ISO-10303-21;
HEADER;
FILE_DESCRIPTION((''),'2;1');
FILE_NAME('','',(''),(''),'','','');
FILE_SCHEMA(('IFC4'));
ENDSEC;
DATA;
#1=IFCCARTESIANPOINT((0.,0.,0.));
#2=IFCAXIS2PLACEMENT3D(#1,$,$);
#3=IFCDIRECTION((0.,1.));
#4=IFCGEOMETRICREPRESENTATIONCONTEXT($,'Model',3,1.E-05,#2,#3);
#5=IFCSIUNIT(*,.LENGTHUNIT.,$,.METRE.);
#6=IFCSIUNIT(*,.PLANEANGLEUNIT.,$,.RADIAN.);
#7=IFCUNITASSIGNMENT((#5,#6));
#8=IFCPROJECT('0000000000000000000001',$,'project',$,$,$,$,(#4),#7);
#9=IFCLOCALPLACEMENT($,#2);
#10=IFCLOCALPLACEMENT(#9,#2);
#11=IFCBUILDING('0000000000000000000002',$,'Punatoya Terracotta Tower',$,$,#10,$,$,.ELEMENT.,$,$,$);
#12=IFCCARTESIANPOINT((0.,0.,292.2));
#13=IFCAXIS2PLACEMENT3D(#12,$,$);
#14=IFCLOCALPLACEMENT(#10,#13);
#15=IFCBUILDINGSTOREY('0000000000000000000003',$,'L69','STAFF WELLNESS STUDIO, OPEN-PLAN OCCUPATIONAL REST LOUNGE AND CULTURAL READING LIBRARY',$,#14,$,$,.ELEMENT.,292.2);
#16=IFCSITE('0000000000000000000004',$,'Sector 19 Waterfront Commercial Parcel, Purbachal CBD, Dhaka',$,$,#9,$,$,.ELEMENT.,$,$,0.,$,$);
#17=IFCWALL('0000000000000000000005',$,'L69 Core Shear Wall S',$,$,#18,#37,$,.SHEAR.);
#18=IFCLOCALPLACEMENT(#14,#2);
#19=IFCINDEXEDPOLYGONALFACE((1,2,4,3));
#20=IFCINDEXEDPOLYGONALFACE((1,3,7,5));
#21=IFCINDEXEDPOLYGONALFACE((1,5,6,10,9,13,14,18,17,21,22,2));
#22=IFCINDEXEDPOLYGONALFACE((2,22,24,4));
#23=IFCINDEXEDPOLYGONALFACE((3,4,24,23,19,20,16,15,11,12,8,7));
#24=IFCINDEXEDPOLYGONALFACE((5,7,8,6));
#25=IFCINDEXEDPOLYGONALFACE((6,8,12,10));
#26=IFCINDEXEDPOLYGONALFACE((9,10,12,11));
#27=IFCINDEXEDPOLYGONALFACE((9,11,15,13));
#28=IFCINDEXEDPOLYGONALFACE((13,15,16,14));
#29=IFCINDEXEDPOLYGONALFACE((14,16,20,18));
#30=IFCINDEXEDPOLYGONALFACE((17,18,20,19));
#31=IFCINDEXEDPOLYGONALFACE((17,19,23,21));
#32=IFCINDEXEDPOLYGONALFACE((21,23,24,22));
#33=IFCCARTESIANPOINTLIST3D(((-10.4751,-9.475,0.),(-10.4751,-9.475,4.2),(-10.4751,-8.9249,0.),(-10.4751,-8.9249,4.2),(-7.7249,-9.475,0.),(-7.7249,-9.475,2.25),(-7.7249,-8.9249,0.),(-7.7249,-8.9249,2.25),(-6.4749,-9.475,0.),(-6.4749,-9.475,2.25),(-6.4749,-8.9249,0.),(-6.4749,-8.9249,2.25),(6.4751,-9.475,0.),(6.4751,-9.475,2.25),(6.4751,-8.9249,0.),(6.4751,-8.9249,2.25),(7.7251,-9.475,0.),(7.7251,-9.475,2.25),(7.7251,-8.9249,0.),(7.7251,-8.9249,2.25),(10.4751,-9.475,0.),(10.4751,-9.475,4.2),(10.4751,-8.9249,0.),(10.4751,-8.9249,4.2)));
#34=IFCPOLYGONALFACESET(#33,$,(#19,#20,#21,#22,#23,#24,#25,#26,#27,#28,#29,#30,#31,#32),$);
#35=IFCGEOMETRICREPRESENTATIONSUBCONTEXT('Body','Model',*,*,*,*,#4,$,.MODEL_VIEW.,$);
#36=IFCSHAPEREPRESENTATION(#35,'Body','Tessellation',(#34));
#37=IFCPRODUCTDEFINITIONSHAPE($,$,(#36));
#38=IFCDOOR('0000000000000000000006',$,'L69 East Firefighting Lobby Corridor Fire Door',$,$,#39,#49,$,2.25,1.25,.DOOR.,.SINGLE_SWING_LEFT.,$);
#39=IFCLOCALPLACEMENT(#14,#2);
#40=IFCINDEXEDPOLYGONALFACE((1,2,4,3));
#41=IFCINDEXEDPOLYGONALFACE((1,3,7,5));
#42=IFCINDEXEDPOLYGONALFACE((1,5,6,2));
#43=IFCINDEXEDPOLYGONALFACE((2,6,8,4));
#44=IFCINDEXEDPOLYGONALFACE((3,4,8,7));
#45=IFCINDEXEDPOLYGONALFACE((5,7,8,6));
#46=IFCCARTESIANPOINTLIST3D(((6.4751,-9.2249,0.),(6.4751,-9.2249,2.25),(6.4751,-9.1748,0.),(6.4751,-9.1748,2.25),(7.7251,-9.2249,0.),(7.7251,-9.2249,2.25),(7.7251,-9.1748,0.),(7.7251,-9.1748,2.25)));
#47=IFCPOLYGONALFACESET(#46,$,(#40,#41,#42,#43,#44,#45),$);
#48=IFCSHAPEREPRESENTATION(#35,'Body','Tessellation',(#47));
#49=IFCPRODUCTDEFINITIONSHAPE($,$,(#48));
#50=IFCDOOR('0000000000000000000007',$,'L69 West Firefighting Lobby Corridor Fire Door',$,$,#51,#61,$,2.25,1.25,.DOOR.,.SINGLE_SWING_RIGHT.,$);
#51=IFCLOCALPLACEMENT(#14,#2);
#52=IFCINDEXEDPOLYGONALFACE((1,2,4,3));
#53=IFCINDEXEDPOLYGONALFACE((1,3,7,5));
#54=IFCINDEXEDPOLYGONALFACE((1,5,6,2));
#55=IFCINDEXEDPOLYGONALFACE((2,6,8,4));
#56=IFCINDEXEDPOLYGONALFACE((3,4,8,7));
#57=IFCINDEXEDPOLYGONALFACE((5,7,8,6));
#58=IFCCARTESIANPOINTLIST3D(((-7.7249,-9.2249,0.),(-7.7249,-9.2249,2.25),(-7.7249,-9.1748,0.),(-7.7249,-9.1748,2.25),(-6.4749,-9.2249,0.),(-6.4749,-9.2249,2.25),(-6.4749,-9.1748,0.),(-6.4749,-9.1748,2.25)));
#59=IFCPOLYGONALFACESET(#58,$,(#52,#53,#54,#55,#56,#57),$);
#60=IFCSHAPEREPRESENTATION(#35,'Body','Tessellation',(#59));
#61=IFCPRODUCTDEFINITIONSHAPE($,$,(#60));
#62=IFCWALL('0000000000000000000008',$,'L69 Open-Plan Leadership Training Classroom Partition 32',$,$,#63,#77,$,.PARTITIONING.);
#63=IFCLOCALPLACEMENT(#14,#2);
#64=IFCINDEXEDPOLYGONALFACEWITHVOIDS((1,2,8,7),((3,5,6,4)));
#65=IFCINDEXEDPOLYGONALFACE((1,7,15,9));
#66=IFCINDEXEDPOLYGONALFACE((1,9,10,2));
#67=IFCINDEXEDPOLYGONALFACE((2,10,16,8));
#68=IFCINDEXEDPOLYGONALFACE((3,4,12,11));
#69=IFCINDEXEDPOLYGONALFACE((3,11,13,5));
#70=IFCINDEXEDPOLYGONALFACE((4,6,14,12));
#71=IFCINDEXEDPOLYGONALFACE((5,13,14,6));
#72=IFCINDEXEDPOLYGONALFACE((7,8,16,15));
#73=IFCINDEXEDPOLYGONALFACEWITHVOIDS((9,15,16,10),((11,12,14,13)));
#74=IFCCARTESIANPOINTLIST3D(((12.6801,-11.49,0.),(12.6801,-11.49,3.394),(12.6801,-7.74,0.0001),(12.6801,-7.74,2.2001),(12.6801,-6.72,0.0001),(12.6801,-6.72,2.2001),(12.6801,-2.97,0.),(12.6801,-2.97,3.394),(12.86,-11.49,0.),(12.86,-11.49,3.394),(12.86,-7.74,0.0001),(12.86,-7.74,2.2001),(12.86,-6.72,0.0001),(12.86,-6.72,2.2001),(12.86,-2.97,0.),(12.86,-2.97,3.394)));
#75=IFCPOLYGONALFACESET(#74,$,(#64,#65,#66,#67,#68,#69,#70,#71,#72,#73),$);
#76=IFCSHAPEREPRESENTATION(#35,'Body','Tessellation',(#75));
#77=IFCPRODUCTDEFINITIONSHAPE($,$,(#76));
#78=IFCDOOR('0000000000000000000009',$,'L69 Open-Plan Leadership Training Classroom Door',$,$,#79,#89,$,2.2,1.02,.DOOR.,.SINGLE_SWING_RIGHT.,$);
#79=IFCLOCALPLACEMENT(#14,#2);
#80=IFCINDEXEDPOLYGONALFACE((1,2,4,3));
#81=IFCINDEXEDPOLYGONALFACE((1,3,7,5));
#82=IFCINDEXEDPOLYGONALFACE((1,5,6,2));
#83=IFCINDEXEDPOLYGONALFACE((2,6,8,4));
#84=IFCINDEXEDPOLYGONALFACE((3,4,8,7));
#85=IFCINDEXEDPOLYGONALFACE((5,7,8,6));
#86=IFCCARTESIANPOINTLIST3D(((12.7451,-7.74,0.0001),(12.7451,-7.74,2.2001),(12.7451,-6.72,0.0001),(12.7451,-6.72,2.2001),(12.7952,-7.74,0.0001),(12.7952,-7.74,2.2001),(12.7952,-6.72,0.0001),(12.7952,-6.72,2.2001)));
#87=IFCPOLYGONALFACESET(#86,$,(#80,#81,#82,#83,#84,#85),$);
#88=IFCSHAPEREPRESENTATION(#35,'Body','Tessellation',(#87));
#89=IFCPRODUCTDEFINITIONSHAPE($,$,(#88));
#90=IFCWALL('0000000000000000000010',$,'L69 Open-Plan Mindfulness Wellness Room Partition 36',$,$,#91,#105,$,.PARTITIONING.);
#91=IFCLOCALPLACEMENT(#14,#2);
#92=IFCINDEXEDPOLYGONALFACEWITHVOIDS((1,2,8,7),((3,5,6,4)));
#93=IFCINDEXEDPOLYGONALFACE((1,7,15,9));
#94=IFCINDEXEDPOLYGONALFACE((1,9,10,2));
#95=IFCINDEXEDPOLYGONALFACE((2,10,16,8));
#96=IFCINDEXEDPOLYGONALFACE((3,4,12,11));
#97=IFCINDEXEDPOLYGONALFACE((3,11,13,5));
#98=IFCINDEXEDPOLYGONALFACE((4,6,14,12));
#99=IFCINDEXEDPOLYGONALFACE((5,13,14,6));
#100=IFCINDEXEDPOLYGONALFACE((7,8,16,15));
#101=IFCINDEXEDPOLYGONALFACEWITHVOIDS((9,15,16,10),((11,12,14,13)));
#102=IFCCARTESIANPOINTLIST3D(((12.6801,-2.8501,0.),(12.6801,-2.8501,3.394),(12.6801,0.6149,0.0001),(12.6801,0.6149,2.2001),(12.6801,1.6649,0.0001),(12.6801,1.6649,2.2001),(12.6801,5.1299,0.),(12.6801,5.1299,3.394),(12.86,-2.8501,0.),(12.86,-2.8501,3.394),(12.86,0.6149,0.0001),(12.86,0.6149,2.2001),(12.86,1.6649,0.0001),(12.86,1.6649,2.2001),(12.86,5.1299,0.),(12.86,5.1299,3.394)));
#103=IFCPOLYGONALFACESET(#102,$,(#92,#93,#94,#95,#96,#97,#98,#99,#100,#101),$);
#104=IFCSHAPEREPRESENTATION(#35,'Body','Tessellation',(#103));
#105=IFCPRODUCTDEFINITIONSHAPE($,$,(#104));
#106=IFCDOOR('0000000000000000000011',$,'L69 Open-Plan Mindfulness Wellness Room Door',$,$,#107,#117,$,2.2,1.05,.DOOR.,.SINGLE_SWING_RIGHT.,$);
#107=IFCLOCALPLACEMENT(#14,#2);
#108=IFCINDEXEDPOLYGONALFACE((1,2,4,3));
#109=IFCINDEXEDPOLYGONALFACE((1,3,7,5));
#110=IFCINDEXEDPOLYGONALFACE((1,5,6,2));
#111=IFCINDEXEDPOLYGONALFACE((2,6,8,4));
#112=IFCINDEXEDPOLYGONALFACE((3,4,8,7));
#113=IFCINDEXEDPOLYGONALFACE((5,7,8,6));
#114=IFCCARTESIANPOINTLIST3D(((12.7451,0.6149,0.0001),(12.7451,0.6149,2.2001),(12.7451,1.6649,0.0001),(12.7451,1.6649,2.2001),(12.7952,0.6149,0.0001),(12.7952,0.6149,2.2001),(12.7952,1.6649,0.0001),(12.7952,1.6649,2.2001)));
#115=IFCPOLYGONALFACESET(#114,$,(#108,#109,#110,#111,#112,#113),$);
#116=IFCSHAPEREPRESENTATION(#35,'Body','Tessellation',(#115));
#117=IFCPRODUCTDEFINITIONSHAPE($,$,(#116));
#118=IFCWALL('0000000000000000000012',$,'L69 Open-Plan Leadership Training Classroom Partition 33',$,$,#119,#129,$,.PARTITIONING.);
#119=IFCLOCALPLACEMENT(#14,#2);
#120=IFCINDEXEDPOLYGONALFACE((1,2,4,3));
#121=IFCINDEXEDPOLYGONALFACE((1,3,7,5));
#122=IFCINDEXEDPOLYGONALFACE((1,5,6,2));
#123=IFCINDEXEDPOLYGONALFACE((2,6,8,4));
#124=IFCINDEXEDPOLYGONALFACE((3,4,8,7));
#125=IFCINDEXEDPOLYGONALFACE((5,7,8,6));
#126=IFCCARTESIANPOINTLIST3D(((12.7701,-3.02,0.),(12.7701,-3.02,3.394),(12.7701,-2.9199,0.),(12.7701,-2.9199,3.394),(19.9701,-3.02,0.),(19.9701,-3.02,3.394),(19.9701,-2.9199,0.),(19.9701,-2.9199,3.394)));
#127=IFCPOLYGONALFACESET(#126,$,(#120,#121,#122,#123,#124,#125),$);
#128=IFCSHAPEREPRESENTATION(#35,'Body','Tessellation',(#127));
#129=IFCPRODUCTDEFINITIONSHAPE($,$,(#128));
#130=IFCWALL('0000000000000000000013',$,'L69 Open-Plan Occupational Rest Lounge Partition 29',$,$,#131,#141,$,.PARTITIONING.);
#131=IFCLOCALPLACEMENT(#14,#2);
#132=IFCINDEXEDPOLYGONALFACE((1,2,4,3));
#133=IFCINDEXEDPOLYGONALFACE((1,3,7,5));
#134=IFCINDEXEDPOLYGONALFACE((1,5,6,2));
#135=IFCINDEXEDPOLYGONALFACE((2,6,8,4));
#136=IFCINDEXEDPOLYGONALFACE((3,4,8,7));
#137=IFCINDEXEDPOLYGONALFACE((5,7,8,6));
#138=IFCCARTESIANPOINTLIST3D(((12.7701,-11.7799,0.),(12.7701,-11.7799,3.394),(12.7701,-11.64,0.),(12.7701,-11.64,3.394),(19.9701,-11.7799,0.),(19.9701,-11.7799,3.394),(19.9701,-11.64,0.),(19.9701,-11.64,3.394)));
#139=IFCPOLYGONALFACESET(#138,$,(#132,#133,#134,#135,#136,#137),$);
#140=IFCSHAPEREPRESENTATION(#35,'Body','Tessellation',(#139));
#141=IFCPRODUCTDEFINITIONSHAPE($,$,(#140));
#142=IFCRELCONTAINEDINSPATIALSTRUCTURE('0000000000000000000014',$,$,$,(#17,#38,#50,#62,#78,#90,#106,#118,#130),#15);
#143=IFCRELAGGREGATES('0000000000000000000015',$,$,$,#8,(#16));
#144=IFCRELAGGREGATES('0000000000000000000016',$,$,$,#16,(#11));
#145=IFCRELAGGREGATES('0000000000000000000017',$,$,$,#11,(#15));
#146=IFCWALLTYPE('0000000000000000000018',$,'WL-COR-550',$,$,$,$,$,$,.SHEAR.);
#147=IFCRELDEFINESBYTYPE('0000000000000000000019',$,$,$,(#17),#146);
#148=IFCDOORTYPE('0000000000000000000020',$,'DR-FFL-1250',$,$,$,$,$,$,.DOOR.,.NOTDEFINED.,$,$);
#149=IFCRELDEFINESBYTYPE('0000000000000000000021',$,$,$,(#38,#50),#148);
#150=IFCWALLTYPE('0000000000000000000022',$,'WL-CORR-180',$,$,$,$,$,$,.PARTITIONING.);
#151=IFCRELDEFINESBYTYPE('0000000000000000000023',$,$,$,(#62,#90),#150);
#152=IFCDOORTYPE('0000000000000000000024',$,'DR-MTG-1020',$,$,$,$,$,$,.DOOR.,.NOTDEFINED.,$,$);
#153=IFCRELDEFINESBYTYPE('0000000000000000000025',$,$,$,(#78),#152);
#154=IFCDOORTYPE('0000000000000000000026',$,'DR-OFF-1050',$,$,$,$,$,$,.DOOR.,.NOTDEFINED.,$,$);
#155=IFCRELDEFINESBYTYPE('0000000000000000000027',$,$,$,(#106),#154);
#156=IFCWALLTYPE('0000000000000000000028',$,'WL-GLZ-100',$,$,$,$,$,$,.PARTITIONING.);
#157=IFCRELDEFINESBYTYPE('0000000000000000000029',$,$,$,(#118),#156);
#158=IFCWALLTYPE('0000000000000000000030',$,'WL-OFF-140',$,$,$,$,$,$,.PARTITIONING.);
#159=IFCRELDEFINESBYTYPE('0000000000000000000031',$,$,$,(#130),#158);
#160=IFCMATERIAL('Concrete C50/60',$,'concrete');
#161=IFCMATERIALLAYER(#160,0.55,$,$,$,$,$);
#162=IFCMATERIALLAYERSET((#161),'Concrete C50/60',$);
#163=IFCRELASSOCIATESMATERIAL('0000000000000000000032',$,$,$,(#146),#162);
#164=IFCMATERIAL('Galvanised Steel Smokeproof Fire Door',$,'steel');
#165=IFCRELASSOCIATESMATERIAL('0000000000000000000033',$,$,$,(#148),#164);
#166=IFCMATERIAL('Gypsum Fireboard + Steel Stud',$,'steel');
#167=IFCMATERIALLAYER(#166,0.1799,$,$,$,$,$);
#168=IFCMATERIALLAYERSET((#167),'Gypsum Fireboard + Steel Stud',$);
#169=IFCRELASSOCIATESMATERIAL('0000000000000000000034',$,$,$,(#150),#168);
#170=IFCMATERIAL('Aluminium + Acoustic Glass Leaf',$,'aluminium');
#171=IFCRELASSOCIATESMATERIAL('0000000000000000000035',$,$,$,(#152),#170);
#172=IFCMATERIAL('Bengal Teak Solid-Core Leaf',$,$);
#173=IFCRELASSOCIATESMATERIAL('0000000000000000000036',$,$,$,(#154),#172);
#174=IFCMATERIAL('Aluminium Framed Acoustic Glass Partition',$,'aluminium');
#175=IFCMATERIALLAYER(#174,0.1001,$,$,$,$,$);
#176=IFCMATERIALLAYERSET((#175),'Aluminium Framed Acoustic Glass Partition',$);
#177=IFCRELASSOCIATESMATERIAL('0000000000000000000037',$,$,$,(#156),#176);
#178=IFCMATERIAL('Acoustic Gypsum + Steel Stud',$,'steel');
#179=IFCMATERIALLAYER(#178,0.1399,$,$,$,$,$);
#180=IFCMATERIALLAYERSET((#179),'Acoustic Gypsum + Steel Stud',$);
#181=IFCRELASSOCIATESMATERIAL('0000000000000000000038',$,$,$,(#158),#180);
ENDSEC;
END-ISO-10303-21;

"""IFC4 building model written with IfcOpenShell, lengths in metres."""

from ifc_helpers import new_model, si_unit, direction, frame, frame_2d, origin, place, context, subcontext, project, spatial, rectangle, extrude, material, layer, layer_set, type_object, element, fill, save


model = new_model("IFC4")

# Units and contexts
model_context = context("Model", 3, precision=1e-05, world=origin(), true_north=direction((0.0, 1.0)))
body_context = subcontext(model_context, "Body", "Model", "MODEL_VIEW")
ifc_project = project(units=[si_unit("LENGTHUNIT", "METRE"), si_unit("PLANEANGLEUNIT", "RADIAN")], contexts=[model_context])

# Site, building, storey
site_placement = place(None, origin())
site = spatial("IfcSite", under=ifc_project, at=site_placement, Name="Sector 19 Waterfront Commercial Parcel, Purbachal CBD, Dhaka", CompositionType="ELEMENT", RefElevation=0.0)
building_placement = place(site_placement, origin())
building = spatial("IfcBuilding", under=site, at=building_placement, Name="Punatoya Terracotta Tower", CompositionType="ELEMENT")
storey_placement = place(building_placement, frame((0.0, 0.0, 292.2)))
storey = spatial("IfcBuildingStorey", under=building, at=storey_placement, Name="L69", Description="STAFF WELLNESS STUDIO, OPEN-PLAN OCCUPATIONAL REST LOUNGE AND CULTURAL READING LIBRARY", CompositionType="ELEMENT", Elevation=292.2)

# Wall, openings, doors
ifc_material_1 = material(Name="Concrete C50/60", Category="concrete")
ifc_layer_1 = layer(ifc_material_1, 0.55)
ifc_layer_set_1 = layer_set([ifc_layer_1], Name="Concrete C50/60")
wall_type_1 = type_object("IfcWallType", Name="WL-COR-550", PredefinedType="SHEAR", material=ifc_layer_set_1)
wall_1_placement = place(storey_placement, frame((10.4751, -9.2, 0.0), z_axis=(0.0, 0.0, 1.0), x_axis=(-1.0, 0.0, 0.0)))
wall_1 = element("IfcWall", 1, at=wall_1_placement, inside=storey, type_object=wall_type_1, Name="L69 Core Shear Wall S", PredefinedType="SHEAR", context=body_context, shape_type="SweptSolid", body=[
    extrude(rectangle(XDim=20.9502, YDim=0.55, at=frame_2d((10.4751, 0.0))), origin(), (0.0, 0.0, 1.0), 4.2),
])
opening_1_placement = place(wall_1_placement, frame((2.75, 0.0, 0.0)))
opening_1 = element("IfcOpeningElement", 2, at=opening_1_placement, cuts=wall_1, PredefinedType="OPENING", context=body_context, shape_type="SweptSolid", body=[
    extrude(rectangle(XDim=1.25, YDim=2.25, at=frame_2d((0.625, 1.125))), frame((0.0, 0.2849, 0.0), z_axis=(0.0, -1.0, 0.0), x_axis=(1.0, 0.0, 0.0)), (0.0, 0.0, 1.0), 0.5701),
])
opening_2_placement = place(wall_1_placement, frame((16.95, 0.0, 0.0)))
opening_2 = element("IfcOpeningElement", 3, at=opening_2_placement, cuts=wall_1, PredefinedType="OPENING", context=body_context, shape_type="SweptSolid", body=[
    extrude(rectangle(XDim=1.25, YDim=2.25, at=frame_2d((0.625, 1.125))), frame((0.0, 0.2849, 0.0), z_axis=(0.0, -1.0, 0.0), x_axis=(1.0, 0.0, 0.0)), (0.0, 0.0, 1.0), 0.5701),
])
ifc_material_2 = material(Name="Galvanised Steel Smokeproof Fire Door", Category="steel")
door_type_1 = type_object("IfcDoorType", Name="DR-FFL-1250", OperationType="NOTDEFINED", PredefinedType="DOOR", material=ifc_material_2)
door_1_placement = place(opening_1_placement, origin())
door_1 = element("IfcDoor", 4, at=door_1_placement, inside=storey, type_object=door_type_1, Name="L69 East Firefighting Lobby Corridor Fire Door", OperationType="SINGLE_SWING_LEFT", OverallHeight=2.25, OverallWidth=1.25, PredefinedType="DOOR", context=body_context, shape_type="SweptSolid", body=[
    extrude(rectangle(XDim=1.25, YDim=2.25, at=frame_2d((0.625, 1.125))), frame((0.0, 0.0249, 0.0), z_axis=(0.0, -1.0, 0.0), x_axis=(1.0, 0.0, 0.0)), (0.0, 0.0, 1.0), 0.05),
])
fill(opening_1, door_1)
door_2_placement = place(opening_2_placement, origin())
door_2 = element("IfcDoor", 5, at=door_2_placement, inside=storey, type_object=door_type_1, Name="L69 West Firefighting Lobby Corridor Fire Door", OperationType="SINGLE_SWING_RIGHT", OverallHeight=2.25, OverallWidth=1.25, PredefinedType="DOOR", context=body_context, shape_type="SweptSolid", body=[
    extrude(rectangle(XDim=1.25, YDim=2.25, at=frame_2d((0.625, 1.125))), frame((0.0, 0.0249, 0.0), z_axis=(0.0, -1.0, 0.0), x_axis=(1.0, 0.0, 0.0)), (0.0, 0.0, 1.0), 0.05),
])
fill(opening_2, door_2)

# Walls, openings, doors
ifc_material_3 = material(Name="Gypsum Fireboard + Steel Stud", Category="steel")
ifc_layer_2 = layer(ifc_material_3, 0.1799)
ifc_layer_set_2 = layer_set([ifc_layer_2], Name="Gypsum Fireboard + Steel Stud")
wall_type_2 = type_object("IfcWallType", Name="WL-CORR-180", PredefinedType="PARTITIONING", material=ifc_layer_set_2)
wall_2_placement = place(storey_placement, frame((12.77, -11.49, 0.0), z_axis=(0.0, 0.0, 1.0), x_axis=(0.0, 1.0, 0.0)))
wall_2 = element("IfcWall", 6, at=wall_2_placement, inside=storey, type_object=wall_type_2, Name="L69 Open-Plan Leadership Training Classroom Partition 32", PredefinedType="PARTITIONING", context=body_context, shape_type="SweptSolid", body=[
    extrude(rectangle(XDim=8.52, YDim=0.1799, at=frame_2d((4.26, 0.0))), origin(), (0.0, 0.0, 1.0), 3.394),
])
opening_3_placement = place(wall_2_placement, frame((3.75, 0.0, 0.0)))
opening_3 = element("IfcOpeningElement", 7, at=opening_3_placement, cuts=wall_2, PredefinedType="OPENING", context=body_context, shape_type="SweptSolid", body=[
    extrude(rectangle(XDim=1.02, YDim=2.2, at=frame_2d((0.51, 1.1001))), frame((0.0, 0.0999, 0.0), z_axis=(0.0, -1.0, 0.0), x_axis=(1.0, 0.0, 0.0)), (0.0, 0.0, 1.0), 0.2),
])
ifc_material_4 = material(Name="Aluminium + Acoustic Glass Leaf", Category="aluminium")
door_type_2 = type_object("IfcDoorType", Name="DR-MTG-1020", OperationType="NOTDEFINED", PredefinedType="DOOR", material=ifc_material_4)
door_3_placement = place(opening_3_placement, origin())
door_3 = element("IfcDoor", 8, at=door_3_placement, inside=storey, type_object=door_type_2, Name="L69 Open-Plan Leadership Training Classroom Door", OperationType="SINGLE_SWING_RIGHT", OverallHeight=2.2, OverallWidth=1.02, PredefinedType="DOOR", context=body_context, shape_type="SweptSolid", body=[
    extrude(rectangle(XDim=1.02, YDim=2.2, at=frame_2d((0.51, 1.1001))), frame((0.0, 0.0249, 0.0), z_axis=(0.0, -1.0, 0.0), x_axis=(1.0, 0.0, 0.0)), (0.0, 0.0, 1.0), 0.05),
])
fill(opening_3, door_3)
wall_3_placement = place(storey_placement, frame((12.77, -2.8501, 0.0), z_axis=(0.0, 0.0, 1.0), x_axis=(0.0, 1.0, 0.0)))
wall_3 = element("IfcWall", 9, at=wall_3_placement, inside=storey, type_object=wall_type_2, Name="L69 Open-Plan Mindfulness Wellness Room Partition 36", PredefinedType="PARTITIONING", context=body_context, shape_type="SweptSolid", body=[
    extrude(rectangle(XDim=7.98, YDim=0.1799, at=frame_2d((3.99, 0.0))), origin(), (0.0, 0.0, 1.0), 3.394),
])
opening_4_placement = place(wall_3_placement, frame((3.4651, 0.0, 0.0)))
opening_4 = element("IfcOpeningElement", 10, at=opening_4_placement, cuts=wall_3, PredefinedType="OPENING", context=body_context, shape_type="SweptSolid", body=[
    extrude(rectangle(XDim=1.05, YDim=2.2, at=frame_2d((0.5249, 1.1001))), frame((0.0, 0.0999, 0.0), z_axis=(0.0, -1.0, 0.0), x_axis=(1.0, 0.0, 0.0)), (0.0, 0.0, 1.0), 0.2),
])
ifc_material_5 = material(Name="Bengal Teak Solid-Core Leaf")
door_type_3 = type_object("IfcDoorType", Name="DR-OFF-1050", OperationType="NOTDEFINED", PredefinedType="DOOR", material=ifc_material_5)
door_4_placement = place(opening_4_placement, origin())
door_4 = element("IfcDoor", 11, at=door_4_placement, inside=storey, type_object=door_type_3, Name="L69 Open-Plan Mindfulness Wellness Room Door", OperationType="SINGLE_SWING_RIGHT", OverallHeight=2.2, OverallWidth=1.05, PredefinedType="DOOR", context=body_context, shape_type="SweptSolid", body=[
    extrude(rectangle(XDim=1.05, YDim=2.2, at=frame_2d((0.5249, 1.1001))), frame((0.0, 0.0249, 0.0), z_axis=(0.0, -1.0, 0.0), x_axis=(1.0, 0.0, 0.0)), (0.0, 0.0, 1.0), 0.05),
])
fill(opening_4, door_4)

# Walls
ifc_material_6 = material(Name="Aluminium Framed Acoustic Glass Partition", Category="aluminium")
ifc_layer_3 = layer(ifc_material_6, 0.1001)
ifc_layer_set_3 = layer_set([ifc_layer_3], Name="Aluminium Framed Acoustic Glass Partition")
wall_type_3 = type_object("IfcWallType", Name="WL-GLZ-100", PredefinedType="PARTITIONING", material=ifc_layer_set_3)
wall_4_placement = place(storey_placement, frame((12.77, -2.97, 0.0), z_axis=(0.0, 0.0, 1.0), x_axis=(1.0, 0.0, 0.0)))
element("IfcWall", 12, at=wall_4_placement, inside=storey, type_object=wall_type_3, Name="L69 Open-Plan Leadership Training Classroom Partition 33", PredefinedType="PARTITIONING", context=body_context, shape_type="SweptSolid", body=[
    extrude(rectangle(XDim=7.2, YDim=0.1001, at=frame_2d((3.6001, 0.0))), origin(), (0.0, 0.0, 1.0), 3.394),
])
ifc_material_7 = material(Name="Acoustic Gypsum + Steel Stud", Category="steel")
ifc_layer_4 = layer(ifc_material_7, 0.1399)
ifc_layer_set_4 = layer_set([ifc_layer_4], Name="Acoustic Gypsum + Steel Stud")
wall_type_4 = type_object("IfcWallType", Name="WL-OFF-140", PredefinedType="PARTITIONING", material=ifc_layer_set_4)
wall_5_placement = place(storey_placement, frame((12.77, -11.71, 0.0), z_axis=(0.0, 0.0, 1.0), x_axis=(1.0, 0.0, 0.0)))
element("IfcWall", 13, at=wall_5_placement, inside=storey, type_object=wall_type_4, Name="L69 Open-Plan Occupational Rest Lounge Partition 29", PredefinedType="PARTITIONING", context=body_context, shape_type="SweptSolid", body=[
    extrude(rectangle(XDim=7.2, YDim=0.1399, at=frame_2d((3.6001, 0.0))), origin(), (0.0, 0.0, 1.0), 3.394),
])

save(model, "model.ifc")
